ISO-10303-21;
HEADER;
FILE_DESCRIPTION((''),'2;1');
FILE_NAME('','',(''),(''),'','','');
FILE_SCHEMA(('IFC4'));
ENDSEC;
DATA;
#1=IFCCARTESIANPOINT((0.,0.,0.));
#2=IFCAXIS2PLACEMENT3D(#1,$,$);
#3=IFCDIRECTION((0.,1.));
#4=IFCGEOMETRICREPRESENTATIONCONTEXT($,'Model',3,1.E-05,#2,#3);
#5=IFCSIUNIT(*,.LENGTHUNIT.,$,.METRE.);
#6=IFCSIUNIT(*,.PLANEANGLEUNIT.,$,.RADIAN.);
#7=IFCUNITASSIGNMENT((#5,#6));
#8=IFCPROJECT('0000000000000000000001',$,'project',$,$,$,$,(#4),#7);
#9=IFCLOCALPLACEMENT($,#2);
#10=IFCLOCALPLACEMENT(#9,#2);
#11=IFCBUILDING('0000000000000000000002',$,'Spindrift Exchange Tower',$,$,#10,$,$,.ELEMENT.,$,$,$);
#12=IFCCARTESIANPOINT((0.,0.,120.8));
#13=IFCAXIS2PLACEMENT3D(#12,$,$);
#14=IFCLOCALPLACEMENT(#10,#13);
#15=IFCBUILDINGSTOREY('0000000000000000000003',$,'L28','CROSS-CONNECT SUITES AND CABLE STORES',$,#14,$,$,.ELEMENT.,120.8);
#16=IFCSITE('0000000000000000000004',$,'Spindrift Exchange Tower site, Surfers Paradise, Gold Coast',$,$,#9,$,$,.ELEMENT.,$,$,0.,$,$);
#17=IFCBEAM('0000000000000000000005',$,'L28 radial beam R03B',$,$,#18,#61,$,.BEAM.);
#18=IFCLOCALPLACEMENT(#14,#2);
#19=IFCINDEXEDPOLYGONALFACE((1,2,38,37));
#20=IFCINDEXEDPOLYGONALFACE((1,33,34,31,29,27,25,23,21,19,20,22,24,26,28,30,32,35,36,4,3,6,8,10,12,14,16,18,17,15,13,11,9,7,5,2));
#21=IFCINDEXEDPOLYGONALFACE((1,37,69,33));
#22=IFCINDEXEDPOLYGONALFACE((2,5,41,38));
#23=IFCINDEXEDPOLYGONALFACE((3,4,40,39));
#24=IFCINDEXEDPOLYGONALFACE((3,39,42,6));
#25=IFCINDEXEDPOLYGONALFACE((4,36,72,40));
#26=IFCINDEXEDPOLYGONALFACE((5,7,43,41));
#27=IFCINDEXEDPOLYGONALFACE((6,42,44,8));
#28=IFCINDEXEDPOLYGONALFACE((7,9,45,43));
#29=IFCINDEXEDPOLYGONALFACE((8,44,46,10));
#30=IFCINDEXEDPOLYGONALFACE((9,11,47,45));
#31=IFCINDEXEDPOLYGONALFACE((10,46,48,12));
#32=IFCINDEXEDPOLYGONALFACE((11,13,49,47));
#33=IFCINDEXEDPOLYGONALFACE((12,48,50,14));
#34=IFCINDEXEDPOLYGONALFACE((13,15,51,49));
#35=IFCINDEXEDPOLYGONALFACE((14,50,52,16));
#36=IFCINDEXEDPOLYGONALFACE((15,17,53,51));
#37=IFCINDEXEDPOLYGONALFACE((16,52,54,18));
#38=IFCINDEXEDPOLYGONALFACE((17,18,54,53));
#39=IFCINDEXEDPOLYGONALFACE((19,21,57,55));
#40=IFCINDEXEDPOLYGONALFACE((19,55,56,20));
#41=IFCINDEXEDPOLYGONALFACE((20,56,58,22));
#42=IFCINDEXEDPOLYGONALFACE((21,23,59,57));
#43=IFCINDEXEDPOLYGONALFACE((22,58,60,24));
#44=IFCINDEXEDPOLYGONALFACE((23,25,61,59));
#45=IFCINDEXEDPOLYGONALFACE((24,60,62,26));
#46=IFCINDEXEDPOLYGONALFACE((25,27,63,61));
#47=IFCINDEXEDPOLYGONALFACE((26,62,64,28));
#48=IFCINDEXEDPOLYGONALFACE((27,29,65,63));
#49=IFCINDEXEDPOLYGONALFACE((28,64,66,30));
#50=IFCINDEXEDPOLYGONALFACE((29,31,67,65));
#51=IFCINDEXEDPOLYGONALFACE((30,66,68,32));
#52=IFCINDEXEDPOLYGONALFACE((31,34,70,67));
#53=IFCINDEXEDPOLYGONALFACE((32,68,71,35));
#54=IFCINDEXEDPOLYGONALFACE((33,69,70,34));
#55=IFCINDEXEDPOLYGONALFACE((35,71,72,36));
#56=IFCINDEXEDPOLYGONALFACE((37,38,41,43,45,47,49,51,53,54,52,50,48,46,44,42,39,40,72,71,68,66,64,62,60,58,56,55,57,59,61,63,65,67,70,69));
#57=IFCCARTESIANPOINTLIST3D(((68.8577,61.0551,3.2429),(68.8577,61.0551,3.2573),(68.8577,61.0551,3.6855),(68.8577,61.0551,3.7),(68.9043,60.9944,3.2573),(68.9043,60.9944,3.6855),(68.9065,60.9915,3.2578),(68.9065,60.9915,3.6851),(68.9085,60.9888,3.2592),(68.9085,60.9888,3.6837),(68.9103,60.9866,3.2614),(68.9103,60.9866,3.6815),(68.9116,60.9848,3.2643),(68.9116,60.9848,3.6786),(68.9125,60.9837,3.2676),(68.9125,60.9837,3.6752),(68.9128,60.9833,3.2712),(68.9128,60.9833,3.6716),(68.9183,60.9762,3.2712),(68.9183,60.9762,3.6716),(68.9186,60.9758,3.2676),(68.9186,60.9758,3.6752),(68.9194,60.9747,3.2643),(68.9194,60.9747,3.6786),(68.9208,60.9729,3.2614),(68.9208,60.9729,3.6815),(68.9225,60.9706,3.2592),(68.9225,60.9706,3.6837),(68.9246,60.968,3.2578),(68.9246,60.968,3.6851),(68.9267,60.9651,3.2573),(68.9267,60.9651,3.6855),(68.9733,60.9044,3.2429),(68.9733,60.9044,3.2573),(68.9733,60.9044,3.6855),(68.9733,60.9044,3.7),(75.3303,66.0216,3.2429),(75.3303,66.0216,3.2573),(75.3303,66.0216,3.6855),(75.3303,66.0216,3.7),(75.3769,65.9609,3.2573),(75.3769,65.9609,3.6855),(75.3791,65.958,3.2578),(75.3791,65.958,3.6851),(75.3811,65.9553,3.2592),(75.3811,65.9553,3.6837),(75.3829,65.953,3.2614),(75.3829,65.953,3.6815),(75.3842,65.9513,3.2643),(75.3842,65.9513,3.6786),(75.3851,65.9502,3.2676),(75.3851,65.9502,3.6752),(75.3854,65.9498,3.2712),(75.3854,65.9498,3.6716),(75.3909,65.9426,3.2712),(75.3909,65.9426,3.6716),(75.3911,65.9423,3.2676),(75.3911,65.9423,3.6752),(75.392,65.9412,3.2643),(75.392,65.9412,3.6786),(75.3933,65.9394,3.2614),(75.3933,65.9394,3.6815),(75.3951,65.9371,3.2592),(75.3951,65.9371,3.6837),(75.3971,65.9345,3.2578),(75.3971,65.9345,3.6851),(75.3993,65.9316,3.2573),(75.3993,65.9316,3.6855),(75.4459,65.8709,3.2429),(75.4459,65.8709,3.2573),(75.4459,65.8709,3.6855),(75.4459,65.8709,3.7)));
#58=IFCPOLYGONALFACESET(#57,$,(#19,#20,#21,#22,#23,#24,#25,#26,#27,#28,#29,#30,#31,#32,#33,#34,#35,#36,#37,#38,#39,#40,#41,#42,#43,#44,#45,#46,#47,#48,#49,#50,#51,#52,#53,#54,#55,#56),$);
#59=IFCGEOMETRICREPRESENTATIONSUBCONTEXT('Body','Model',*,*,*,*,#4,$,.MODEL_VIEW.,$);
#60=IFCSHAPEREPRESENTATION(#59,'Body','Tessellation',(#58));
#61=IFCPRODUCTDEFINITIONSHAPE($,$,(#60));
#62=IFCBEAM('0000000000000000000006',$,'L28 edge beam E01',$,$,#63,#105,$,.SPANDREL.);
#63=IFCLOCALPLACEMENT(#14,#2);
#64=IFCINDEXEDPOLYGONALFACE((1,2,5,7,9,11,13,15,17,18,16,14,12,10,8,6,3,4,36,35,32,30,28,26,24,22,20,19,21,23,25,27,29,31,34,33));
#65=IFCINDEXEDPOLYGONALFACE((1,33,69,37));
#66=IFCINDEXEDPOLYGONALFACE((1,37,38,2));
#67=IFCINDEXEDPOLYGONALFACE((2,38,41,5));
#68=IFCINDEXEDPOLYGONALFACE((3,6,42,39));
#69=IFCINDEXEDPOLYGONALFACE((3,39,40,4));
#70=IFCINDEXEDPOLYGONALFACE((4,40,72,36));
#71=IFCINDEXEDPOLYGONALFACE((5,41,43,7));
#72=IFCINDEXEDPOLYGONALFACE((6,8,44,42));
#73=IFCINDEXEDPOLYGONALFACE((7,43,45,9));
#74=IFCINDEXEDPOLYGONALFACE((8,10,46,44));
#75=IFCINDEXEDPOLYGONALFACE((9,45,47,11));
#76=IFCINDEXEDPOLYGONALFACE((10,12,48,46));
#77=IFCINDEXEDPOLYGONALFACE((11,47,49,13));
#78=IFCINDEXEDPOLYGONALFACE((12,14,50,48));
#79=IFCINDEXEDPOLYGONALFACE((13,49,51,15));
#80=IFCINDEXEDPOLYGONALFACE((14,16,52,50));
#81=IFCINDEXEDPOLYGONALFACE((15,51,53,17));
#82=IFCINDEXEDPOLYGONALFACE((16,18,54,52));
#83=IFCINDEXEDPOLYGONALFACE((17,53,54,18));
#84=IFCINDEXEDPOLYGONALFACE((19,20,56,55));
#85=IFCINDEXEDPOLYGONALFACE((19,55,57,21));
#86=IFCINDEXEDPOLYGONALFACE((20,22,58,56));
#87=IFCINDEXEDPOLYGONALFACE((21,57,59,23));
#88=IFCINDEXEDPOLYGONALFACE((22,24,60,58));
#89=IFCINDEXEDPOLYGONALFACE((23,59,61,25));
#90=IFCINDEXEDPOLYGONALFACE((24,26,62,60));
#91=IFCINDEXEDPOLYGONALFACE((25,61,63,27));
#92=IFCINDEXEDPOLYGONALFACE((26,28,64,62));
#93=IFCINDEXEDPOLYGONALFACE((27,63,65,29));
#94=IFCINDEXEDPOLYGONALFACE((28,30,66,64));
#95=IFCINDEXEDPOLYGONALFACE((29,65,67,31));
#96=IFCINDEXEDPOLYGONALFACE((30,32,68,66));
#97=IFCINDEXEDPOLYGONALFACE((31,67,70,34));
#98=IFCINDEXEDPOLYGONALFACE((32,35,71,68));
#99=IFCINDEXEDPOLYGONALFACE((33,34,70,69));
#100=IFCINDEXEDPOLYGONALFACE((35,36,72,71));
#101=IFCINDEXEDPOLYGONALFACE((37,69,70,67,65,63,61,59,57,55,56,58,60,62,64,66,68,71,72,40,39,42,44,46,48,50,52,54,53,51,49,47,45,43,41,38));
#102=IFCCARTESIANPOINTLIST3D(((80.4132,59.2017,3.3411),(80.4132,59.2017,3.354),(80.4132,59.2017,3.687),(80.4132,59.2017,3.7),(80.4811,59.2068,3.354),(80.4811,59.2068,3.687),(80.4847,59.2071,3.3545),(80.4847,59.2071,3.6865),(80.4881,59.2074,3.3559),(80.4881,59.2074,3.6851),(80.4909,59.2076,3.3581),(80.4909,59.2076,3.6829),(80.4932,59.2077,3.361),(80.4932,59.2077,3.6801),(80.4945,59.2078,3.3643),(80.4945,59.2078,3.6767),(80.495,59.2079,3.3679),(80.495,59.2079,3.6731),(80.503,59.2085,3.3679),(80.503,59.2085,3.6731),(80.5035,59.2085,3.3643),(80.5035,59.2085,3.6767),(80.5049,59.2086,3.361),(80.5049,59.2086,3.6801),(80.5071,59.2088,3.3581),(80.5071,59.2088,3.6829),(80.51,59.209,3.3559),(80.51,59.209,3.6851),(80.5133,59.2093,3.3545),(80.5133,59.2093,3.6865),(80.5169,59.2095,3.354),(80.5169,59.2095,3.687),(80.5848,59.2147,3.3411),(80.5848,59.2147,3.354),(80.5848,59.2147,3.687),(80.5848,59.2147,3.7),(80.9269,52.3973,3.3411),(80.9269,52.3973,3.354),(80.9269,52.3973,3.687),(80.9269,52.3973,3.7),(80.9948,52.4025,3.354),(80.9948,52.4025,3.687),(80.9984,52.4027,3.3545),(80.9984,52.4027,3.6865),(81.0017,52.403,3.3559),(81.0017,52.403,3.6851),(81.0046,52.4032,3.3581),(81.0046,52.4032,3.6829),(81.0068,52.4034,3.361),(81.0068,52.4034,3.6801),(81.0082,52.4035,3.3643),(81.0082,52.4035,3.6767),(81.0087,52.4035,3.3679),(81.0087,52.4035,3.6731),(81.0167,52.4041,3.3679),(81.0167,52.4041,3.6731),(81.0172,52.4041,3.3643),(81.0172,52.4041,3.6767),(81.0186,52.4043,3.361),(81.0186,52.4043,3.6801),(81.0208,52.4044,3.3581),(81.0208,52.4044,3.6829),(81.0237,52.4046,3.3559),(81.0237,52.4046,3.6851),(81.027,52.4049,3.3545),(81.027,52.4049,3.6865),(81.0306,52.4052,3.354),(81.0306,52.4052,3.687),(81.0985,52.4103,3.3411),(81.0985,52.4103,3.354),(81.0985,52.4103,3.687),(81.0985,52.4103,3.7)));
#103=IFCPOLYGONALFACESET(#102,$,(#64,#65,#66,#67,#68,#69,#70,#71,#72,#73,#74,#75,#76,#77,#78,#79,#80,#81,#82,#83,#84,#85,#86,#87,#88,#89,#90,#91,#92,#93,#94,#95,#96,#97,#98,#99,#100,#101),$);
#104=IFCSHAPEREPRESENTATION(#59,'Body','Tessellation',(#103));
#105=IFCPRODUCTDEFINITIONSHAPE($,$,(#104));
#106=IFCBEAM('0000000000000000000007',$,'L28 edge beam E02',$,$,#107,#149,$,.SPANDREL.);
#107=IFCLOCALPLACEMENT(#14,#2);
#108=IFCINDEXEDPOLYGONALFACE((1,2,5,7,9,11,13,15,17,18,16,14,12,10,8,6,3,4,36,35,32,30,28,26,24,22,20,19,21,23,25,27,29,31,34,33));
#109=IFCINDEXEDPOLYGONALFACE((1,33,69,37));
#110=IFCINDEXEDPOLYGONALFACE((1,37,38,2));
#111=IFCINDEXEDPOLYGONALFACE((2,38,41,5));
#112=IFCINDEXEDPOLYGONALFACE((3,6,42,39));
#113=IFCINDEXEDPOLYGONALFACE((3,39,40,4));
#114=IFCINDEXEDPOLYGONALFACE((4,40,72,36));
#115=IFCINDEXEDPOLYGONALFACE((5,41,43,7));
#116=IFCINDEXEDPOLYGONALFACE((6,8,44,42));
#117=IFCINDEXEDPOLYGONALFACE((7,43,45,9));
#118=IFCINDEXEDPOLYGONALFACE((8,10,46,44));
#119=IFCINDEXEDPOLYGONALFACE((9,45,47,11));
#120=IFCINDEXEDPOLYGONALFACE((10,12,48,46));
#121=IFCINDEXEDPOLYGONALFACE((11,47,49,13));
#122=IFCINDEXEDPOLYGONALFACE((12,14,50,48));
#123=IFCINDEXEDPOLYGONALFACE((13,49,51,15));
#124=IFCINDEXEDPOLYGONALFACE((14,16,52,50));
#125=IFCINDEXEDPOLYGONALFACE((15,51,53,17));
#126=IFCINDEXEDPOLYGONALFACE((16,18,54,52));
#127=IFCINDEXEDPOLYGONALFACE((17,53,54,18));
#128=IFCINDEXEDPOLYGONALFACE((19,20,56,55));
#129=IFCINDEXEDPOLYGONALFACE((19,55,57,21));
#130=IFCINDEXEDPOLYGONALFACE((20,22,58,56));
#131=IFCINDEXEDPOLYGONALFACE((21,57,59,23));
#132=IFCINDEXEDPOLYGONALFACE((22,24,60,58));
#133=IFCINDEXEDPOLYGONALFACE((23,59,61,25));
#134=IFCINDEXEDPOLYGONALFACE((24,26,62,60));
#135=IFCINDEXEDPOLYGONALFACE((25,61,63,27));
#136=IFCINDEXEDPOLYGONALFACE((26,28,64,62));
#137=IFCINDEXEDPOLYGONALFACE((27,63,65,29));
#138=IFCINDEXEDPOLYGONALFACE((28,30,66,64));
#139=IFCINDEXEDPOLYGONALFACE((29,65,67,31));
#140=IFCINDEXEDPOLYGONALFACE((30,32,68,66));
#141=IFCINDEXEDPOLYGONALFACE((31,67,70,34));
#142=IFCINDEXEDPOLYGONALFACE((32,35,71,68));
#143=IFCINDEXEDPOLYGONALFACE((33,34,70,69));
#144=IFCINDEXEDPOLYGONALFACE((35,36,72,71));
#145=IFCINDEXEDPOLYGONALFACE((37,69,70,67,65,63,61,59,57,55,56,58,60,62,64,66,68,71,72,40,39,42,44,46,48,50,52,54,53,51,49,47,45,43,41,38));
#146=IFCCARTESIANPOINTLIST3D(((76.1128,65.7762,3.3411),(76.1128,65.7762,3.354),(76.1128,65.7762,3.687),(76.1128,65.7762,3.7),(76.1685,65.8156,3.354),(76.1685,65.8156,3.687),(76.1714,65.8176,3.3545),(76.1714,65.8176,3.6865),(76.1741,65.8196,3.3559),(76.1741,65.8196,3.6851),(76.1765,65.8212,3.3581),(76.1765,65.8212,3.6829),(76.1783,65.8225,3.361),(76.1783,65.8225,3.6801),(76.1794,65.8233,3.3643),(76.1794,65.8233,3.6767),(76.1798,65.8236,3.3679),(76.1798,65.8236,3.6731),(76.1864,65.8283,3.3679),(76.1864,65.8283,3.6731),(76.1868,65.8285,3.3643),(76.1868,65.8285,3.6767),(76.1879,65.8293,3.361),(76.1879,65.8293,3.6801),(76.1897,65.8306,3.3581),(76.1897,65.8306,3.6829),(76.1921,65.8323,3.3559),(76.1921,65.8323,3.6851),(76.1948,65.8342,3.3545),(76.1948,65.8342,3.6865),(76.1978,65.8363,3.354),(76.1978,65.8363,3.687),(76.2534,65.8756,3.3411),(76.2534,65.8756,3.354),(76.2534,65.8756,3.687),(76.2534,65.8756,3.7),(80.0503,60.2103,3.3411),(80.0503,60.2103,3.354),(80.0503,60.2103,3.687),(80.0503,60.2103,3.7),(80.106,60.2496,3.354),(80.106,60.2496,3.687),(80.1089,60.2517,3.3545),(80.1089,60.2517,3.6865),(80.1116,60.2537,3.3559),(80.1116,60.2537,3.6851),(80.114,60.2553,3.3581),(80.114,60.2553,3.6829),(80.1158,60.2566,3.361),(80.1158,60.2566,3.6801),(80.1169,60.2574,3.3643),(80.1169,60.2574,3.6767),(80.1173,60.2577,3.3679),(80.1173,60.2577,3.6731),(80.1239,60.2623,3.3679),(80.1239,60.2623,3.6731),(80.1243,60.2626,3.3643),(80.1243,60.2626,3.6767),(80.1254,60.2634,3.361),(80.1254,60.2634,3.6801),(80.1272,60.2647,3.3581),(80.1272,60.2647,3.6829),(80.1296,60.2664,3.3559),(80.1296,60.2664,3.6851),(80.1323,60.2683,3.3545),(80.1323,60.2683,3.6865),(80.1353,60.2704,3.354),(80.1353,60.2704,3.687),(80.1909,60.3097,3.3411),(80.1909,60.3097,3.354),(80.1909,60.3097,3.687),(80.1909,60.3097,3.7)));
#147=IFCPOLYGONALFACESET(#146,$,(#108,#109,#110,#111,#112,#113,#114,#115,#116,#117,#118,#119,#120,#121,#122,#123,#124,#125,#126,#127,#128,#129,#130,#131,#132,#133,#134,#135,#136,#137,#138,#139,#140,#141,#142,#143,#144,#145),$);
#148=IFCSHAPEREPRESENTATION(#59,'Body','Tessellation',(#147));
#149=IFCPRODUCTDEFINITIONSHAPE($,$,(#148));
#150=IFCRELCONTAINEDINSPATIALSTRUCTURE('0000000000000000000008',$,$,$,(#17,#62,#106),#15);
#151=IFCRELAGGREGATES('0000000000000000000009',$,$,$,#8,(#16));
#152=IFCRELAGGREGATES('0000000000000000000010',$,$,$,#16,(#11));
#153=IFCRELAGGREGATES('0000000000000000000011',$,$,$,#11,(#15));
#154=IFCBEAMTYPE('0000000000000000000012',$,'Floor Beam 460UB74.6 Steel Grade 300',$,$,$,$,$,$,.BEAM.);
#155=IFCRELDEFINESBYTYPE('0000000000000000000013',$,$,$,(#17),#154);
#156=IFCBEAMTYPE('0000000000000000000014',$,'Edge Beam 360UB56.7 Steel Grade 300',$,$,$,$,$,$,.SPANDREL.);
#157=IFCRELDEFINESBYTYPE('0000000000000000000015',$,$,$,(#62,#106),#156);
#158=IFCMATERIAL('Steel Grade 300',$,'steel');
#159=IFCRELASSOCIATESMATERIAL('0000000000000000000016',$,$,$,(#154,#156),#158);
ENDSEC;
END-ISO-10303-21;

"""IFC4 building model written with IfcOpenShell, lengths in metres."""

from ifc_helpers import new_model, si_unit, direction, frame, origin, origin_2d, place, context, subcontext, project, spatial, i_section, extrude, source, transform, mapped, material, material_profile, profile_set, type_object, element, save


model = new_model("IFC4")

# Units and contexts
model_context = context("Model", 3, precision=1e-05, world=origin(), true_north=direction((0.0, 1.0)))
body_context = subcontext(model_context, "Body", "Model", "MODEL_VIEW")
ifc_project = project(units=[si_unit("LENGTHUNIT", "METRE"), si_unit("PLANEANGLEUNIT", "RADIAN")], contexts=[model_context])

# Site, building, storey
site_placement = place(None, origin())
site = spatial("IfcSite", under=ifc_project, at=site_placement, Name="Spindrift Exchange Tower site, Surfers Paradise, Gold Coast", CompositionType="ELEMENT", RefElevation=0.0)
building_placement = place(site_placement, origin())
building = spatial("IfcBuilding", under=site, at=building_placement, Name="Spindrift Exchange Tower", CompositionType="ELEMENT")
storey_placement = place(building_placement, frame((0.0, 0.0, 120.8)))
storey = spatial("IfcBuildingStorey", under=building, at=storey_placement, Name="L28", Description="CROSS-CONNECT SUITES AND CABLE STORES", CompositionType="ELEMENT", Elevation=120.8)

# Beams
ifc_material_1 = material(Name="Steel Grade 300", Category="steel")
ifc_material_profile_1 = material_profile(ifc_material_1, i_section(OverallWidth=0.1899, OverallDepth=0.457, WebThickness=0.009, FlangeThickness=0.0144, FilletRadius=0.0139, at=origin_2d()), Name="460UB74.6")
ifc_profile_set_1 = profile_set([ifc_material_profile_1], Name="Steel Grade 300")
beam_type_1 = type_object("IfcBeamType", Name="Floor Beam 460UB74.6 Steel Grade 300", PredefinedType="BEAM", material=ifc_profile_set_1)
shared_shape_1 = source(origin(), body_context, "Body", "SweptSolid", [
    extrude(i_section(OverallWidth=0.1899, OverallDepth=0.457, WebThickness=0.009, FlangeThickness=0.0144, FilletRadius=0.0139, at=origin_2d()), origin(), (0.0, 0.0, 1.0), 8.1584),
])
beam_1_placement = place(storey_placement, frame((68.9155, 60.9797, 3.4714), z_axis=(0.793359, 0.608754, 0.0), x_axis=(-0.608754, 0.793359, 0.0)))
element("IfcBeam", 1, at=beam_1_placement, inside=storey, type_object=beam_type_1, Name="L28 radial beam R03B", PredefinedType="BEAM", context=body_context, shape_type="MappedRepresentation", body=[
    mapped(shared_shape_1, transform((0.0, 0.0, 0.0), scale=1.0)),
])
ifc_material_profile_2 = material_profile(ifc_material_1, i_section(OverallWidth=0.1721, OverallDepth=0.3589, WebThickness=0.0081, FlangeThickness=0.0129, FilletRadius=0.0139, at=origin_2d()), Name="360UB56.7")
ifc_profile_set_2 = profile_set([ifc_material_profile_2], Name="Steel Grade 300")
beam_type_2 = type_object("IfcBeamType", Name="Edge Beam 360UB56.7 Steel Grade 300", PredefinedType="SPANDREL", material=ifc_profile_set_2)
shared_shape_2 = source(origin(), body_context, "Body", "SweptSolid", [
    extrude(i_section(OverallWidth=0.1721, OverallDepth=0.3589, WebThickness=0.0081, FlangeThickness=0.0129, FilletRadius=0.0139, at=origin_2d()), origin(), (0.0, 0.0, 1.0), 6.8237),
])
beam_2_placement = place(storey_placement, frame((81.0127, 52.4038, 3.5205), z_axis=(-0.075276, 0.997163, 0.0), x_axis=(-0.997163, -0.075276, 0.0)))
element("IfcBeam", 2, at=beam_2_placement, inside=storey, type_object=beam_type_2, Name="L28 edge beam E01", PredefinedType="SPANDREL", context=body_context, shape_type="MappedRepresentation", body=[
    mapped(shared_shape_2, transform((0.0, 0.0, 0.0), scale=1.0)),
])
shared_shape_3 = source(origin(), body_context, "Body", "SweptSolid", [
    extrude(i_section(OverallWidth=0.1721, OverallDepth=0.3589, WebThickness=0.0081, FlangeThickness=0.0129, FilletRadius=0.0139, at=origin_2d()), origin(), (0.0, 0.0, 1.0), 6.8179),
])
beam_3_placement = place(storey_placement, frame((80.1206, 60.26, 3.5205), z_axis=(-0.577526, 0.816372, 0.0), x_axis=(-0.816372, -0.577526, 0.0)))
element("IfcBeam", 3, at=beam_3_placement, inside=storey, type_object=beam_type_2, Name="L28 edge beam E02", PredefinedType="SPANDREL", context=body_context, shape_type="MappedRepresentation", body=[
    mapped(shared_shape_3, transform((0.0, 0.0, 0.0), scale=1.0)),
])

save(model, "model.ifc")
